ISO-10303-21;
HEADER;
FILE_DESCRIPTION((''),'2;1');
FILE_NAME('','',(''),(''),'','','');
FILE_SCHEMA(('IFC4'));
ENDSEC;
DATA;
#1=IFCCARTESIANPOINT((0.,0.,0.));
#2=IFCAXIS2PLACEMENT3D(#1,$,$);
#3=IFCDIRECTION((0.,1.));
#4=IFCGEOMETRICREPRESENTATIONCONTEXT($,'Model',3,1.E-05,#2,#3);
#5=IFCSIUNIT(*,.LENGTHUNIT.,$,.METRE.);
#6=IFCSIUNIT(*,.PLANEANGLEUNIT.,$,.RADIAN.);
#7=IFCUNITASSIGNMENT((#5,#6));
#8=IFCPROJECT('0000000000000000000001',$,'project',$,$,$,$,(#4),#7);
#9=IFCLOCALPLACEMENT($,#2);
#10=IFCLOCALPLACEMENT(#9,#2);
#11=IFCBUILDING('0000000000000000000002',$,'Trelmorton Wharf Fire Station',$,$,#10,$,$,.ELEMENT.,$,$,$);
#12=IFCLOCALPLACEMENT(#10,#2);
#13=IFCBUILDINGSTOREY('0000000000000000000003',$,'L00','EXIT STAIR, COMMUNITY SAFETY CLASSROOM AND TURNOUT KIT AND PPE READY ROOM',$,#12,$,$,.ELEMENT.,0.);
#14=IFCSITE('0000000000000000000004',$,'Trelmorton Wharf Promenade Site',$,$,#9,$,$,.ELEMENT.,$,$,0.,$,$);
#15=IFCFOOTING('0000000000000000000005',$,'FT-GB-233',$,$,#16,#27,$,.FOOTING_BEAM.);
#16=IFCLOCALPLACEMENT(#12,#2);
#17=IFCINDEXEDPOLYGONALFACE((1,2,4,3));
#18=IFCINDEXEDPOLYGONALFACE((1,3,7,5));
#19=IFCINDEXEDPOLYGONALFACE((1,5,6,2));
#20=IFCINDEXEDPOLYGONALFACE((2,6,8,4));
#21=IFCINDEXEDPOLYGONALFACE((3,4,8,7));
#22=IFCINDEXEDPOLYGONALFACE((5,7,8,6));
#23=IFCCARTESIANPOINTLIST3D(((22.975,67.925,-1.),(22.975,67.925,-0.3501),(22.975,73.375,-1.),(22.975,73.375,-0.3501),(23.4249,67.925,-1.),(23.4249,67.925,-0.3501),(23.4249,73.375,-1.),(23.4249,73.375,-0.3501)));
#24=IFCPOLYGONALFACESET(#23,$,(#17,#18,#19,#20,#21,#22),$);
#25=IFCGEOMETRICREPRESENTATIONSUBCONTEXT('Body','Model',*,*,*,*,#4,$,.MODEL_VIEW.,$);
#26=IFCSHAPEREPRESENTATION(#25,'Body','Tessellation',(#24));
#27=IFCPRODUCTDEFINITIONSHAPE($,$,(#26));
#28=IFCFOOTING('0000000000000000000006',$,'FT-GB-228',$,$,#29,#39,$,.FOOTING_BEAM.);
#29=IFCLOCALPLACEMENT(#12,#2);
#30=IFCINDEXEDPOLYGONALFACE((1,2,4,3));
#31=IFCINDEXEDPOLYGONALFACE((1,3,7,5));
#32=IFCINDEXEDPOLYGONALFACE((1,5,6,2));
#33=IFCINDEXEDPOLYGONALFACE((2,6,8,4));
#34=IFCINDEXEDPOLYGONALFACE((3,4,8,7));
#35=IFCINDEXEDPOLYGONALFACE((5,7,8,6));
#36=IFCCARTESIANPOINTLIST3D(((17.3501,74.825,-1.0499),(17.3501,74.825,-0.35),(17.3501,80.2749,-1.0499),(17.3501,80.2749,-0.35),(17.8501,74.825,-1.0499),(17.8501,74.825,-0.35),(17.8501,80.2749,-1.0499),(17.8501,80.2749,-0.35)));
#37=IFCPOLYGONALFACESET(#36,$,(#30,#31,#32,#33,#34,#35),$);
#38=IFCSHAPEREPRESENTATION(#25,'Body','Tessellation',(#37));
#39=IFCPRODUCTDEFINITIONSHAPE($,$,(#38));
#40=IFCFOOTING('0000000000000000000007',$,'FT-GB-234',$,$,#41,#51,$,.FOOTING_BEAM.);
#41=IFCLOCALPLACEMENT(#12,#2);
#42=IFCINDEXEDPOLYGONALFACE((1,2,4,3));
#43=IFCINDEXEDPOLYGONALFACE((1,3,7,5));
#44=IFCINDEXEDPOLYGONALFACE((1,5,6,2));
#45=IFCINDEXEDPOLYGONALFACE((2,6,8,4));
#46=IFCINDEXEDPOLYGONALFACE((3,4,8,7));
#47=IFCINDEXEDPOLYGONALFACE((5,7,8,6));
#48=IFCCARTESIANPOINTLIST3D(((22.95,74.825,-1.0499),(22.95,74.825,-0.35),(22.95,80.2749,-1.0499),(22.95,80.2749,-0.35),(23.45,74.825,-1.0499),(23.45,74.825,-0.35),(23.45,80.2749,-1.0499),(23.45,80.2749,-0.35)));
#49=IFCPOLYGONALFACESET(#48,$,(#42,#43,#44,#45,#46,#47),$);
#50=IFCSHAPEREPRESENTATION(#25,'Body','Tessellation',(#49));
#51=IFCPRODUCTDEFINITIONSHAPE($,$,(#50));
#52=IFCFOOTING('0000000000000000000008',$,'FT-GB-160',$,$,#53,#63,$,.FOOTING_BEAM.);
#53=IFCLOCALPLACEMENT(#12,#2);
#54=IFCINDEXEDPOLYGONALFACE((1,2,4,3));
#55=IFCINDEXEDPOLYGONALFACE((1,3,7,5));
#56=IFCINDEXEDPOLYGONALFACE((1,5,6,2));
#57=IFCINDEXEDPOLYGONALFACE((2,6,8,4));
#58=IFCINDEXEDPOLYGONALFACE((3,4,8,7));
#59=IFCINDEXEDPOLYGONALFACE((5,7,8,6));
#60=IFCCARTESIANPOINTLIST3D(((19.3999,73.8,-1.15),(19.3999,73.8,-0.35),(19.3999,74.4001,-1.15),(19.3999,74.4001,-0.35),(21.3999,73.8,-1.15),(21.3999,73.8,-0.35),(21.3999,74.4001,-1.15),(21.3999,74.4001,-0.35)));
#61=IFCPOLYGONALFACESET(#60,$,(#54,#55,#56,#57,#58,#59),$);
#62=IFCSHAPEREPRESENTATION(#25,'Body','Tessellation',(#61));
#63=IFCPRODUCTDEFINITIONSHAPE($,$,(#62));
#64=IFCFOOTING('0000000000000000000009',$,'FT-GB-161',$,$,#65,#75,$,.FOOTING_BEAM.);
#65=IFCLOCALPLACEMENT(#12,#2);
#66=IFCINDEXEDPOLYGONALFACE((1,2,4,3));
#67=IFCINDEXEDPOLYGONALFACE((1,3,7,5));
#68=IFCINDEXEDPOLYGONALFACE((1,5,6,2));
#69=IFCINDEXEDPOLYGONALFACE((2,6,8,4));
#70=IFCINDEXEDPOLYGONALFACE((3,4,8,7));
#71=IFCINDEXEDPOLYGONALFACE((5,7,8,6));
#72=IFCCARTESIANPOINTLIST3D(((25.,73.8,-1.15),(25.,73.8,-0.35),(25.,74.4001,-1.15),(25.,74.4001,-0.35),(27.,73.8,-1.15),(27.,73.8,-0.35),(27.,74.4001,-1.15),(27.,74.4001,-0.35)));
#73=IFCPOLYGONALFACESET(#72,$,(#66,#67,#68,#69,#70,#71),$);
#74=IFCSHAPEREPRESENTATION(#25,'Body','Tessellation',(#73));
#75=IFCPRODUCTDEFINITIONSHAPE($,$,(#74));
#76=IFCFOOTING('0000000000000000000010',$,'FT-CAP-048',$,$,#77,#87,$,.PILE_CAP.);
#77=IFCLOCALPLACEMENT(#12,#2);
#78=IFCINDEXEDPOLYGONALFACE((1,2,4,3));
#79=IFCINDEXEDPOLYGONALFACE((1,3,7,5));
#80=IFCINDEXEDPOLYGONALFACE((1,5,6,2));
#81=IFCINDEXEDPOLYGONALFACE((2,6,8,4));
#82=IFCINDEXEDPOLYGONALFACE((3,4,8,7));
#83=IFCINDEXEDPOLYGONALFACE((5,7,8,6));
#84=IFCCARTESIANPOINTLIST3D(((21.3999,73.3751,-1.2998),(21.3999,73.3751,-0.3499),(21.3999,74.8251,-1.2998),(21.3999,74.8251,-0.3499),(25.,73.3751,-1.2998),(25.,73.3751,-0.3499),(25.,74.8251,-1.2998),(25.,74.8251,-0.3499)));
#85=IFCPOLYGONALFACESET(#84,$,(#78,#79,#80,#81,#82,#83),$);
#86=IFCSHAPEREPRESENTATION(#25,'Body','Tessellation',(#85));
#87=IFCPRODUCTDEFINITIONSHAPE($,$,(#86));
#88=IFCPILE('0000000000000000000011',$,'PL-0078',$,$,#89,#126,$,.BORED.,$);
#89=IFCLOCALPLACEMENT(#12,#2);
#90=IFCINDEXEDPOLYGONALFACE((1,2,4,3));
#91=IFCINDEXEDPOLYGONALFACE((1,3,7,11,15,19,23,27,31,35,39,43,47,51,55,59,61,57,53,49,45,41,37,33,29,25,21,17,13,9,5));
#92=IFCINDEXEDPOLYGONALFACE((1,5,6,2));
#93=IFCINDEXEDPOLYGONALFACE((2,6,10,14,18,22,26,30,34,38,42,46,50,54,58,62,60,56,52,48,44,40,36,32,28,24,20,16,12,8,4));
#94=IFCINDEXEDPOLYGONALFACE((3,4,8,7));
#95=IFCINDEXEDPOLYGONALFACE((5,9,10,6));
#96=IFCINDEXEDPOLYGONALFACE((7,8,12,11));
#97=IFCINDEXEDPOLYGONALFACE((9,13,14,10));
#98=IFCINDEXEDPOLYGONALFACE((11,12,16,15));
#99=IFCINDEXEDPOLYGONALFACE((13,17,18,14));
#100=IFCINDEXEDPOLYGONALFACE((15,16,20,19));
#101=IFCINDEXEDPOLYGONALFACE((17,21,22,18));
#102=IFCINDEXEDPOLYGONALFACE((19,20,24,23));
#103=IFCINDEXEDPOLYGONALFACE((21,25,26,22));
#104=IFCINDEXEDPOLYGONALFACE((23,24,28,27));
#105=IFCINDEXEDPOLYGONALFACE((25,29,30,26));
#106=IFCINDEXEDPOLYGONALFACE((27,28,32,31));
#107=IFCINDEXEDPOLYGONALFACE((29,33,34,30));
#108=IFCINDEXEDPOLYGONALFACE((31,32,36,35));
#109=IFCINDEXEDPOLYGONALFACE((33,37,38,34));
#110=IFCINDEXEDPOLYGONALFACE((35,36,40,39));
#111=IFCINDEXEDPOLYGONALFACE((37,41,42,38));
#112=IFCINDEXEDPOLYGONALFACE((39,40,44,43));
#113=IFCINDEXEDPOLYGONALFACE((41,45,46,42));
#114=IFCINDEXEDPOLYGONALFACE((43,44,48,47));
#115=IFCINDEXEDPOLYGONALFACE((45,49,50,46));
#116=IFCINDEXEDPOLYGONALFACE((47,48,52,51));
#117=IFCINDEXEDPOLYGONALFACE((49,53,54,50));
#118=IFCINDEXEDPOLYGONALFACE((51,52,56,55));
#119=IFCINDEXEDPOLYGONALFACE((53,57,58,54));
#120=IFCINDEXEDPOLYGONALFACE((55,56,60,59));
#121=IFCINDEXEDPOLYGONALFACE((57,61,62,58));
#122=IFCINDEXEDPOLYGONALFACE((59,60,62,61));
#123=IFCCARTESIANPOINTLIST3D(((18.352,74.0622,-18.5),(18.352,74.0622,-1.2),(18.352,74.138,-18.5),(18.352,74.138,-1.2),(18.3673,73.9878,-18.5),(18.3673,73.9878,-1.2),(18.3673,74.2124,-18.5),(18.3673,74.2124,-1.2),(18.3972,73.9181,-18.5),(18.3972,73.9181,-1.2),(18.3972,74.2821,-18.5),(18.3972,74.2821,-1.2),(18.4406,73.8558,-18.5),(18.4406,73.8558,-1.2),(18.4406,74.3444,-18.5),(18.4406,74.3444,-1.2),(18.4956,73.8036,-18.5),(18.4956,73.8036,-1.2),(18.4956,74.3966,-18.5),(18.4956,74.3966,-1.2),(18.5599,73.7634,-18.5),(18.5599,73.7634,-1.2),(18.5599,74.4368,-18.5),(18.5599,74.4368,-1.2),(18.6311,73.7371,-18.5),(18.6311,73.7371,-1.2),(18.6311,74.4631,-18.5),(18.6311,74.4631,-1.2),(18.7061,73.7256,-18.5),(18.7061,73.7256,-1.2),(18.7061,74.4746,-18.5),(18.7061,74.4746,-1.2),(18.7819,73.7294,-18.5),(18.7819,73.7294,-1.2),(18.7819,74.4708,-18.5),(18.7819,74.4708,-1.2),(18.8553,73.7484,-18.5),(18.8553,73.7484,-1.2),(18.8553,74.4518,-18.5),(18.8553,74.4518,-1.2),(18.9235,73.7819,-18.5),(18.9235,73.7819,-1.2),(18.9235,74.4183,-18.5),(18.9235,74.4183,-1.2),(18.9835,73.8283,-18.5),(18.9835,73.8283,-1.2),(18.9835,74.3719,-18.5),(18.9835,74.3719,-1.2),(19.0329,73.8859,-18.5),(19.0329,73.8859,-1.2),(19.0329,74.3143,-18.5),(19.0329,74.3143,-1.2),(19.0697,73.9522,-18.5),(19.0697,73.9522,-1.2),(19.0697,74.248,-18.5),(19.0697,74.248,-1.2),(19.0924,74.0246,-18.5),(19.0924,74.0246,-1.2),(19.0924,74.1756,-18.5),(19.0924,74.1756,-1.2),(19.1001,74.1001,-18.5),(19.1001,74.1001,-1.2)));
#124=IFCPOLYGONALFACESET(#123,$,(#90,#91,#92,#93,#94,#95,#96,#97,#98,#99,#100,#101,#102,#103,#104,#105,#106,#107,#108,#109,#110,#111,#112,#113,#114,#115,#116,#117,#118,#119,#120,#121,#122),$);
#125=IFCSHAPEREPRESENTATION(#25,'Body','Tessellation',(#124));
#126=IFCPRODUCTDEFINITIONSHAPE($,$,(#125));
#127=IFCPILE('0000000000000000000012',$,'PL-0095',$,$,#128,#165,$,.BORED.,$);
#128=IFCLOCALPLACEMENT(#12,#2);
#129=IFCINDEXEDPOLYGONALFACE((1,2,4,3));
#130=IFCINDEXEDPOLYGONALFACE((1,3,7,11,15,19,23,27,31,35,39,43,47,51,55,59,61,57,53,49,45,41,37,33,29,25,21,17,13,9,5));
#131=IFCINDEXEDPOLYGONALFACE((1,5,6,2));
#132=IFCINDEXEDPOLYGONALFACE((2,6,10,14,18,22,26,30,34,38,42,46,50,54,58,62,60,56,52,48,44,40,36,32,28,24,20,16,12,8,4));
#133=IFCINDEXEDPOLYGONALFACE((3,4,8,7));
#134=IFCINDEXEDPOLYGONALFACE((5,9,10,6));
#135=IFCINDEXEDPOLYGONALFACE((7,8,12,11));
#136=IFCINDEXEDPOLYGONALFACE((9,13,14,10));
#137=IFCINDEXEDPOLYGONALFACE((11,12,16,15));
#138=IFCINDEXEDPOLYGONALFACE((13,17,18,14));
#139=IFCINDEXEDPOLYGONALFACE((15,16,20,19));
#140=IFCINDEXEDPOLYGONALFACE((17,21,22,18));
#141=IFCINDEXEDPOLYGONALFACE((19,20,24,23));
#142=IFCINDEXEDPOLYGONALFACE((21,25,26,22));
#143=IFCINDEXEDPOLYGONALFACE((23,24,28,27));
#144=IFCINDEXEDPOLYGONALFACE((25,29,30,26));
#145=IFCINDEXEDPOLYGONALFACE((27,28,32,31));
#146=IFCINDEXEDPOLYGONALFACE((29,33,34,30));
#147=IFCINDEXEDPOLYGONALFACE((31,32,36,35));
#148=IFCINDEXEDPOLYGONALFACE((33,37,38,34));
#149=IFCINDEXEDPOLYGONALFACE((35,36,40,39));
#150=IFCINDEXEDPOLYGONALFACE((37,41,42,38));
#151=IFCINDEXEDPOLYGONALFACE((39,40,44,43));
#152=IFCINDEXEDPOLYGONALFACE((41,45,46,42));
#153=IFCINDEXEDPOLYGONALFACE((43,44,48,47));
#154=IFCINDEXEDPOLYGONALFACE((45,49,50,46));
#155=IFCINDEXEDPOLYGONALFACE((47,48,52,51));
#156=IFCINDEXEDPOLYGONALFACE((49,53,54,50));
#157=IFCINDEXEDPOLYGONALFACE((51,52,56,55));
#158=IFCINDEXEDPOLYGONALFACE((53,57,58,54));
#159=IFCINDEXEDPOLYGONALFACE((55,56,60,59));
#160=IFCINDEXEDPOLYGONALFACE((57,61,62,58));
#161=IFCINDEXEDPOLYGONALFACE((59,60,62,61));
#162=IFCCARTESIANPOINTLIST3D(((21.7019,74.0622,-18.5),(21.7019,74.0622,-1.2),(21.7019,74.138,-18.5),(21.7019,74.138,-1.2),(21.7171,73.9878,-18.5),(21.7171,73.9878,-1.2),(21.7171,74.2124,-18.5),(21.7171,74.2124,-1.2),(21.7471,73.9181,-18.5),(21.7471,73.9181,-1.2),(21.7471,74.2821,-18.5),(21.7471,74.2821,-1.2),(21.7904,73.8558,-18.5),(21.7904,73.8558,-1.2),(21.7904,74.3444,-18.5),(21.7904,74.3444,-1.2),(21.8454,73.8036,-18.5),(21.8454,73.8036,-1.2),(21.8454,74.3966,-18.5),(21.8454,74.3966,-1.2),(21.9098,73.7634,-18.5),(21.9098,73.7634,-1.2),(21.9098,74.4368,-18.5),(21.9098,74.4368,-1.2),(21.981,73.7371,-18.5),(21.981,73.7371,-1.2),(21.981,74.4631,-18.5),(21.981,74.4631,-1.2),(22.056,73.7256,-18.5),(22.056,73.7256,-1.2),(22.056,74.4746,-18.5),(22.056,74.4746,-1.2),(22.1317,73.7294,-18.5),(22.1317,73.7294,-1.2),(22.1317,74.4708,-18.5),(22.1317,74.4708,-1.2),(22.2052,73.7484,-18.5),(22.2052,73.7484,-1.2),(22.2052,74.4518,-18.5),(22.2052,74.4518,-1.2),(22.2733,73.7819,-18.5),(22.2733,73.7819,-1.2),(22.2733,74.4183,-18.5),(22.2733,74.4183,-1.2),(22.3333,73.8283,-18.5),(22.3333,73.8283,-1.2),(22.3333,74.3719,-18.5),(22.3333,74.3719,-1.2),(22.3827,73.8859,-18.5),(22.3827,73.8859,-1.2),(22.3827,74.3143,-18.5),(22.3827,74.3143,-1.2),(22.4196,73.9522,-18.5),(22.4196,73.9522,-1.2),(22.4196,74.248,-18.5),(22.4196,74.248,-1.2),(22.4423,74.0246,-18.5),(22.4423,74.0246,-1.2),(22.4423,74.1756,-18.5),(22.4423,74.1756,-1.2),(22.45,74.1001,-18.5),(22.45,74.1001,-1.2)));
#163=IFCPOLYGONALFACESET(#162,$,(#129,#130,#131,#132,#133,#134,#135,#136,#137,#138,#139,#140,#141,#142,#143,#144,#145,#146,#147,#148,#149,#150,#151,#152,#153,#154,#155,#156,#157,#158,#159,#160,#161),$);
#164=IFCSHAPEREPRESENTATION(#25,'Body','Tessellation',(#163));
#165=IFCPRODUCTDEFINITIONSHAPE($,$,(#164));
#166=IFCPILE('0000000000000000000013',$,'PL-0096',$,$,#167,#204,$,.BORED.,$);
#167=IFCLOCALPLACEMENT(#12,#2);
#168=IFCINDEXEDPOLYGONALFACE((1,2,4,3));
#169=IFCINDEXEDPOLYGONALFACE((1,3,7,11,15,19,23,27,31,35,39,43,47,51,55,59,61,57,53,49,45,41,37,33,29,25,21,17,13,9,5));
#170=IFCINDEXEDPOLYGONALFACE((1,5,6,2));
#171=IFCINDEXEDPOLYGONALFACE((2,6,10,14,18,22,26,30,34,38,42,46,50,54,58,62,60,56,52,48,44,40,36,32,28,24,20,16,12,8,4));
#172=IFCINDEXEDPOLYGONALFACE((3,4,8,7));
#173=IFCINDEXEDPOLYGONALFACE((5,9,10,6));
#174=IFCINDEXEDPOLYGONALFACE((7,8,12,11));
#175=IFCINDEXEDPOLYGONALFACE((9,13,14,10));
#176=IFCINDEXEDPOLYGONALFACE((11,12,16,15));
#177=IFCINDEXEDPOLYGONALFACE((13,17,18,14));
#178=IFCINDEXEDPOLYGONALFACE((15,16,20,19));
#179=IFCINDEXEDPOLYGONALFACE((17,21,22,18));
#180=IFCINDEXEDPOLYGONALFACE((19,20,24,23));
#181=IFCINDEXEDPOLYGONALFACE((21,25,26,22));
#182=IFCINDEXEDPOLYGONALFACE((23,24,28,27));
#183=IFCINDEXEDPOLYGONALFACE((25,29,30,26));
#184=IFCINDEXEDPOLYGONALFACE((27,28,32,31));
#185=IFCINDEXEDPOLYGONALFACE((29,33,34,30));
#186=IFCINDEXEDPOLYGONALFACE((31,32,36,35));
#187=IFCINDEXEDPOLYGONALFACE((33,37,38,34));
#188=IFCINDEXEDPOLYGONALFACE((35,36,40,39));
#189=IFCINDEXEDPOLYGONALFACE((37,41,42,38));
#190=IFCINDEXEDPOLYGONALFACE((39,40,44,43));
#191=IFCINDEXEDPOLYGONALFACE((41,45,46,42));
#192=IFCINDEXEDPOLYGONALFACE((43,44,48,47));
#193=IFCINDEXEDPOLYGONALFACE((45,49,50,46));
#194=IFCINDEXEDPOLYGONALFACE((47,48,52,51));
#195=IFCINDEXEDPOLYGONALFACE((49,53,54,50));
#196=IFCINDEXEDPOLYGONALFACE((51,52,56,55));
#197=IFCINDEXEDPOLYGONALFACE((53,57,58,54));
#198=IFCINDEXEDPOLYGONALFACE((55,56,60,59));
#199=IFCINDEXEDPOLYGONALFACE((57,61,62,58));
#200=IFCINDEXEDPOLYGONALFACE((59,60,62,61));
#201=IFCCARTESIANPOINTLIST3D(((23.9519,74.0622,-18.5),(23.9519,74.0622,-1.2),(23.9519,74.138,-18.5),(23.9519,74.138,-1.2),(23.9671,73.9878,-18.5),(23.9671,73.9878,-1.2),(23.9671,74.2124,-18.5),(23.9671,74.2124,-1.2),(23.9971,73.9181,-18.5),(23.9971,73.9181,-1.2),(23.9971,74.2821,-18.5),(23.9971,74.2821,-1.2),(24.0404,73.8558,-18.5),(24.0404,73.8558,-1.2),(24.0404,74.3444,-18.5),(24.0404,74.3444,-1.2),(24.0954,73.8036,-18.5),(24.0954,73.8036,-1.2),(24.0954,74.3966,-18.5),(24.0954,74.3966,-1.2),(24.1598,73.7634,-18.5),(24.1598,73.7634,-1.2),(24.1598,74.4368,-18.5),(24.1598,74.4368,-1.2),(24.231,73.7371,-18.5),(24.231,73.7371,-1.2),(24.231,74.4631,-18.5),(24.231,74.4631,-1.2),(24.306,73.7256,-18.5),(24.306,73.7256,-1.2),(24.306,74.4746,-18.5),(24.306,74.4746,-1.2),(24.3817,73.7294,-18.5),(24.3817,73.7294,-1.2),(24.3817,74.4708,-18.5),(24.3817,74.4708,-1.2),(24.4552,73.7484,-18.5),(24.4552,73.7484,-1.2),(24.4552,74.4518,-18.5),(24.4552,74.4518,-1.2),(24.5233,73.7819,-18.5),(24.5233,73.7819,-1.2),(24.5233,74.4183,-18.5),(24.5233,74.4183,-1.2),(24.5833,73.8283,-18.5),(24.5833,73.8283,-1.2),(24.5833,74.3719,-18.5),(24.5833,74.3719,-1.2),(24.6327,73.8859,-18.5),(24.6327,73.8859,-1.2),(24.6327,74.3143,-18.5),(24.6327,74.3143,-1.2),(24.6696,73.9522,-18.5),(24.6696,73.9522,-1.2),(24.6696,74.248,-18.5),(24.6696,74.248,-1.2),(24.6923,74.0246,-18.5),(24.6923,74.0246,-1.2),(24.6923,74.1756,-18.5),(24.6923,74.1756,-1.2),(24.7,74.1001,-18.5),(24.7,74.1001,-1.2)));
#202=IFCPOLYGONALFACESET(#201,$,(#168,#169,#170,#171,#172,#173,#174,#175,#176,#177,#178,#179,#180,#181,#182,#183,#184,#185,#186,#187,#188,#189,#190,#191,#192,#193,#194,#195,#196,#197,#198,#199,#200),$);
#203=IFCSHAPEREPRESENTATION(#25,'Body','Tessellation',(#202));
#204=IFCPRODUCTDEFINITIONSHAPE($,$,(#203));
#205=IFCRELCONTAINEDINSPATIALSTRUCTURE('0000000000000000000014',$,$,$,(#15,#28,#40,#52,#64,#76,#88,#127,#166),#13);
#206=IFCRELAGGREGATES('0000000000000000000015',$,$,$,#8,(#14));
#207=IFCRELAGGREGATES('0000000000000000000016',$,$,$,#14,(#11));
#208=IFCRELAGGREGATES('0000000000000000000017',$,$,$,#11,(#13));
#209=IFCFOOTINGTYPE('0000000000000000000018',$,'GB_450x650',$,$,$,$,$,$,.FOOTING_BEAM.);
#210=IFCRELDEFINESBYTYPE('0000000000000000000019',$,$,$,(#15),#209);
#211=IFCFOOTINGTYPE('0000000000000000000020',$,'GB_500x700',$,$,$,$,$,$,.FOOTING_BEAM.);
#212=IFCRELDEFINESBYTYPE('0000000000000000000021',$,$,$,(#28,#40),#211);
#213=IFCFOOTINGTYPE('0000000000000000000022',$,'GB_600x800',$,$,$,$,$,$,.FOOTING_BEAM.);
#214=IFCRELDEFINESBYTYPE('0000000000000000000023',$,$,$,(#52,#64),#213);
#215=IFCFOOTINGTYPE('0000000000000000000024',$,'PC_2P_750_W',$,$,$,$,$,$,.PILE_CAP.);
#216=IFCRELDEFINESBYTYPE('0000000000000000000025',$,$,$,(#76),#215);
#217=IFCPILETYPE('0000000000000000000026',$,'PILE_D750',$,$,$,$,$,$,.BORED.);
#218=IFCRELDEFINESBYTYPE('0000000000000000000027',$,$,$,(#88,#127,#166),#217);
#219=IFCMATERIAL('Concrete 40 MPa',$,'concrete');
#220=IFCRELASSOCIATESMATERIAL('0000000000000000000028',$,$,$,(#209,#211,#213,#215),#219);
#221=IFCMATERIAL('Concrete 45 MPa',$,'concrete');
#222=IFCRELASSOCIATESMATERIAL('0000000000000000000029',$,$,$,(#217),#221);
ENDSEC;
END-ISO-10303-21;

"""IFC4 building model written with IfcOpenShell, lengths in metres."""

from ifc_helpers import new_model, si_unit, direction, frame, origin, origin_2d, place, context, subcontext, project, spatial, rectangle, circle, extrude, material, material_profile, profile_set, type_object, element, save


model = new_model("IFC4")

# Units and contexts
model_context = context("Model", 3, precision=1e-05, world=origin(), true_north=direction((0.0, 1.0)))
body_context = subcontext(model_context, "Body", "Model", "MODEL_VIEW")
ifc_project = project(units=[si_unit("LENGTHUNIT", "METRE"), si_unit("PLANEANGLEUNIT", "RADIAN")], contexts=[model_context])

# Site, building, storey
site_placement = place(None, origin())
site = spatial("IfcSite", under=ifc_project, at=site_placement, Name="Trelmorton Wharf Promenade Site", CompositionType="ELEMENT", RefElevation=0.0)
building_placement = place(site_placement, origin())
building = spatial("IfcBuilding", under=site, at=building_placement, Name="Trelmorton Wharf Fire Station", CompositionType="ELEMENT")
storey_placement = place(building_placement, origin())
storey = spatial("IfcBuildingStorey", under=building, at=storey_placement, Name="L00", Description="EXIT STAIR, COMMUNITY SAFETY CLASSROOM AND TURNOUT KIT AND PPE READY ROOM", CompositionType="ELEMENT", Elevation=0.0)

# Footings
ifc_material_1 = material(Name="Concrete 40 MPa", Category="concrete")
ifc_material_profile_1 = material_profile(ifc_material_1, rectangle(XDim=0.45, YDim=0.6499, at=origin_2d()), Name="RC450x650")
ifc_profile_set_1 = profile_set([ifc_material_profile_1], Name="Concrete 40 MPa")
footing_type_1 = type_object("IfcFootingType", Name="GB_450x650", PredefinedType="FOOTING_BEAM", material=ifc_profile_set_1)
footing_1_placement = place(storey_placement, frame((23.2, 67.925, -0.675), z_axis=(0.0, 1.0, 0.0), x_axis=(-1.0, 0.0, 0.0)))
element("IfcFooting", 1, at=footing_1_placement, inside=storey, type_object=footing_type_1, Name="FT-GB-233", PredefinedType="FOOTING_BEAM", context=body_context, shape_type="SweptSolid", body=[
    extrude(rectangle(XDim=0.45, YDim=0.6499, at=origin_2d()), origin(), (0.0, 0.0, 1.0), 5.45),
])
ifc_material_profile_2 = material_profile(ifc_material_1, rectangle(XDim=0.5, YDim=0.7, at=origin_2d()), Name="RC500x700")
ifc_profile_set_2 = profile_set([ifc_material_profile_2], Name="Concrete 40 MPa")
footing_type_2 = type_object("IfcFootingType", Name="GB_500x700", PredefinedType="FOOTING_BEAM", material=ifc_profile_set_2)
for number, where, z_axis, x_axis, name in (
    (2, (17.6001, 74.825, -0.7), (0.0, 1.0, 0.0), (-1.0, 0.0, 0.0), "FT-GB-228"),
    (3, (23.2, 74.825, -0.7), (0.0, 1.0, 0.0), (-1.0, 0.0, 0.0), "FT-GB-234"),
):
    element("IfcFooting", number, at=place(storey_placement, frame(where, z_axis=z_axis, x_axis=x_axis)), inside=storey, type_object=footing_type_2, Name=name, PredefinedType="FOOTING_BEAM", context=body_context, shape_type="SweptSolid", body=[
        extrude(rectangle(XDim=0.5, YDim=0.7, at=origin_2d()), origin(), (0.0, 0.0, 1.0), 5.45),
    ])
ifc_material_profile_3 = material_profile(ifc_material_1, rectangle(XDim=0.6001, YDim=0.8, at=origin_2d()), Name="RC600x800")
ifc_profile_set_3 = profile_set([ifc_material_profile_3], Name="Concrete 40 MPa")
footing_type_3 = type_object("IfcFootingType", Name="GB_600x800", PredefinedType="FOOTING_BEAM", material=ifc_profile_set_3)
for number, where, z_axis, x_axis, name in (
    (4, (19.3999, 74.1001, -0.75), (1.0, 0.0, 0.0), (0.0, 1.0, 0.0), "FT-GB-160"),
    (5, (25.0, 74.1001, -0.75), (1.0, 0.0, 0.0), (0.0, 1.0, 0.0), "FT-GB-161"),
):
    element("IfcFooting", number, at=place(storey_placement, frame(where, z_axis=z_axis, x_axis=x_axis)), inside=storey, type_object=footing_type_3, Name=name, PredefinedType="FOOTING_BEAM", context=body_context, shape_type="SweptSolid", body=[
        extrude(rectangle(XDim=0.6001, YDim=0.8, at=origin_2d()), origin(), (0.0, 0.0, 1.0), 2.0),
    ])
footing_type_4 = type_object("IfcFootingType", Name="PC_2P_750_W", PredefinedType="PILE_CAP", material=ifc_material_1)
footing_2_placement = place(storey_placement, frame((23.2, 74.1001, -1.2998), z_axis=(0.0, 0.0, 1.0), x_axis=(1.0, 0.0, 0.0)))
element("IfcFooting", 6, at=footing_2_placement, inside=storey, type_object=footing_type_4, Name="FT-CAP-048", PredefinedType="PILE_CAP", context=body_context, shape_type="SweptSolid", body=[
    extrude(rectangle(XDim=3.6001, YDim=1.45, at=origin_2d()), origin(), (0.0, 0.0, 1.0), 0.95),
])

# Piles
ifc_material_2 = material(Name="Concrete 45 MPa", Category="concrete")
ifc_material_profile_4 = material_profile(ifc_material_2, circle(Radius=0.375, at=origin_2d()), Name="PILE-D750")
ifc_profile_set_4 = profile_set([ifc_material_profile_4], Name="Concrete 45 MPa")
pile_type = type_object("IfcPileType", Name="PILE_D750", PredefinedType="BORED", material=ifc_profile_set_4)
for number, where, z_axis, x_axis, name in (
    (7, (18.7251, 74.1001, -1.2), (0.0, 0.0, -1.0), (1.0, 0.0, 0.0), "PL-0078"),
    (8, (22.075, 74.1001, -1.2), (0.0, 0.0, -1.0), (1.0, 0.0, 0.0), "PL-0095"),
    (9, (24.325, 74.1001, -1.2), (0.0, 0.0, -1.0), (1.0, 0.0, 0.0), "PL-0096"),
):
    element("IfcPile", number, at=place(storey_placement, frame(where, z_axis=z_axis, x_axis=x_axis)), inside=storey, type_object=pile_type, Name=name, PredefinedType="BORED", context=body_context, shape_type="SweptSolid", body=[
        extrude(circle(Radius=0.375, at=origin_2d()), origin(), (0.0, 0.0, 1.0), 17.3),
    ])

save(model, "model.ifc")
